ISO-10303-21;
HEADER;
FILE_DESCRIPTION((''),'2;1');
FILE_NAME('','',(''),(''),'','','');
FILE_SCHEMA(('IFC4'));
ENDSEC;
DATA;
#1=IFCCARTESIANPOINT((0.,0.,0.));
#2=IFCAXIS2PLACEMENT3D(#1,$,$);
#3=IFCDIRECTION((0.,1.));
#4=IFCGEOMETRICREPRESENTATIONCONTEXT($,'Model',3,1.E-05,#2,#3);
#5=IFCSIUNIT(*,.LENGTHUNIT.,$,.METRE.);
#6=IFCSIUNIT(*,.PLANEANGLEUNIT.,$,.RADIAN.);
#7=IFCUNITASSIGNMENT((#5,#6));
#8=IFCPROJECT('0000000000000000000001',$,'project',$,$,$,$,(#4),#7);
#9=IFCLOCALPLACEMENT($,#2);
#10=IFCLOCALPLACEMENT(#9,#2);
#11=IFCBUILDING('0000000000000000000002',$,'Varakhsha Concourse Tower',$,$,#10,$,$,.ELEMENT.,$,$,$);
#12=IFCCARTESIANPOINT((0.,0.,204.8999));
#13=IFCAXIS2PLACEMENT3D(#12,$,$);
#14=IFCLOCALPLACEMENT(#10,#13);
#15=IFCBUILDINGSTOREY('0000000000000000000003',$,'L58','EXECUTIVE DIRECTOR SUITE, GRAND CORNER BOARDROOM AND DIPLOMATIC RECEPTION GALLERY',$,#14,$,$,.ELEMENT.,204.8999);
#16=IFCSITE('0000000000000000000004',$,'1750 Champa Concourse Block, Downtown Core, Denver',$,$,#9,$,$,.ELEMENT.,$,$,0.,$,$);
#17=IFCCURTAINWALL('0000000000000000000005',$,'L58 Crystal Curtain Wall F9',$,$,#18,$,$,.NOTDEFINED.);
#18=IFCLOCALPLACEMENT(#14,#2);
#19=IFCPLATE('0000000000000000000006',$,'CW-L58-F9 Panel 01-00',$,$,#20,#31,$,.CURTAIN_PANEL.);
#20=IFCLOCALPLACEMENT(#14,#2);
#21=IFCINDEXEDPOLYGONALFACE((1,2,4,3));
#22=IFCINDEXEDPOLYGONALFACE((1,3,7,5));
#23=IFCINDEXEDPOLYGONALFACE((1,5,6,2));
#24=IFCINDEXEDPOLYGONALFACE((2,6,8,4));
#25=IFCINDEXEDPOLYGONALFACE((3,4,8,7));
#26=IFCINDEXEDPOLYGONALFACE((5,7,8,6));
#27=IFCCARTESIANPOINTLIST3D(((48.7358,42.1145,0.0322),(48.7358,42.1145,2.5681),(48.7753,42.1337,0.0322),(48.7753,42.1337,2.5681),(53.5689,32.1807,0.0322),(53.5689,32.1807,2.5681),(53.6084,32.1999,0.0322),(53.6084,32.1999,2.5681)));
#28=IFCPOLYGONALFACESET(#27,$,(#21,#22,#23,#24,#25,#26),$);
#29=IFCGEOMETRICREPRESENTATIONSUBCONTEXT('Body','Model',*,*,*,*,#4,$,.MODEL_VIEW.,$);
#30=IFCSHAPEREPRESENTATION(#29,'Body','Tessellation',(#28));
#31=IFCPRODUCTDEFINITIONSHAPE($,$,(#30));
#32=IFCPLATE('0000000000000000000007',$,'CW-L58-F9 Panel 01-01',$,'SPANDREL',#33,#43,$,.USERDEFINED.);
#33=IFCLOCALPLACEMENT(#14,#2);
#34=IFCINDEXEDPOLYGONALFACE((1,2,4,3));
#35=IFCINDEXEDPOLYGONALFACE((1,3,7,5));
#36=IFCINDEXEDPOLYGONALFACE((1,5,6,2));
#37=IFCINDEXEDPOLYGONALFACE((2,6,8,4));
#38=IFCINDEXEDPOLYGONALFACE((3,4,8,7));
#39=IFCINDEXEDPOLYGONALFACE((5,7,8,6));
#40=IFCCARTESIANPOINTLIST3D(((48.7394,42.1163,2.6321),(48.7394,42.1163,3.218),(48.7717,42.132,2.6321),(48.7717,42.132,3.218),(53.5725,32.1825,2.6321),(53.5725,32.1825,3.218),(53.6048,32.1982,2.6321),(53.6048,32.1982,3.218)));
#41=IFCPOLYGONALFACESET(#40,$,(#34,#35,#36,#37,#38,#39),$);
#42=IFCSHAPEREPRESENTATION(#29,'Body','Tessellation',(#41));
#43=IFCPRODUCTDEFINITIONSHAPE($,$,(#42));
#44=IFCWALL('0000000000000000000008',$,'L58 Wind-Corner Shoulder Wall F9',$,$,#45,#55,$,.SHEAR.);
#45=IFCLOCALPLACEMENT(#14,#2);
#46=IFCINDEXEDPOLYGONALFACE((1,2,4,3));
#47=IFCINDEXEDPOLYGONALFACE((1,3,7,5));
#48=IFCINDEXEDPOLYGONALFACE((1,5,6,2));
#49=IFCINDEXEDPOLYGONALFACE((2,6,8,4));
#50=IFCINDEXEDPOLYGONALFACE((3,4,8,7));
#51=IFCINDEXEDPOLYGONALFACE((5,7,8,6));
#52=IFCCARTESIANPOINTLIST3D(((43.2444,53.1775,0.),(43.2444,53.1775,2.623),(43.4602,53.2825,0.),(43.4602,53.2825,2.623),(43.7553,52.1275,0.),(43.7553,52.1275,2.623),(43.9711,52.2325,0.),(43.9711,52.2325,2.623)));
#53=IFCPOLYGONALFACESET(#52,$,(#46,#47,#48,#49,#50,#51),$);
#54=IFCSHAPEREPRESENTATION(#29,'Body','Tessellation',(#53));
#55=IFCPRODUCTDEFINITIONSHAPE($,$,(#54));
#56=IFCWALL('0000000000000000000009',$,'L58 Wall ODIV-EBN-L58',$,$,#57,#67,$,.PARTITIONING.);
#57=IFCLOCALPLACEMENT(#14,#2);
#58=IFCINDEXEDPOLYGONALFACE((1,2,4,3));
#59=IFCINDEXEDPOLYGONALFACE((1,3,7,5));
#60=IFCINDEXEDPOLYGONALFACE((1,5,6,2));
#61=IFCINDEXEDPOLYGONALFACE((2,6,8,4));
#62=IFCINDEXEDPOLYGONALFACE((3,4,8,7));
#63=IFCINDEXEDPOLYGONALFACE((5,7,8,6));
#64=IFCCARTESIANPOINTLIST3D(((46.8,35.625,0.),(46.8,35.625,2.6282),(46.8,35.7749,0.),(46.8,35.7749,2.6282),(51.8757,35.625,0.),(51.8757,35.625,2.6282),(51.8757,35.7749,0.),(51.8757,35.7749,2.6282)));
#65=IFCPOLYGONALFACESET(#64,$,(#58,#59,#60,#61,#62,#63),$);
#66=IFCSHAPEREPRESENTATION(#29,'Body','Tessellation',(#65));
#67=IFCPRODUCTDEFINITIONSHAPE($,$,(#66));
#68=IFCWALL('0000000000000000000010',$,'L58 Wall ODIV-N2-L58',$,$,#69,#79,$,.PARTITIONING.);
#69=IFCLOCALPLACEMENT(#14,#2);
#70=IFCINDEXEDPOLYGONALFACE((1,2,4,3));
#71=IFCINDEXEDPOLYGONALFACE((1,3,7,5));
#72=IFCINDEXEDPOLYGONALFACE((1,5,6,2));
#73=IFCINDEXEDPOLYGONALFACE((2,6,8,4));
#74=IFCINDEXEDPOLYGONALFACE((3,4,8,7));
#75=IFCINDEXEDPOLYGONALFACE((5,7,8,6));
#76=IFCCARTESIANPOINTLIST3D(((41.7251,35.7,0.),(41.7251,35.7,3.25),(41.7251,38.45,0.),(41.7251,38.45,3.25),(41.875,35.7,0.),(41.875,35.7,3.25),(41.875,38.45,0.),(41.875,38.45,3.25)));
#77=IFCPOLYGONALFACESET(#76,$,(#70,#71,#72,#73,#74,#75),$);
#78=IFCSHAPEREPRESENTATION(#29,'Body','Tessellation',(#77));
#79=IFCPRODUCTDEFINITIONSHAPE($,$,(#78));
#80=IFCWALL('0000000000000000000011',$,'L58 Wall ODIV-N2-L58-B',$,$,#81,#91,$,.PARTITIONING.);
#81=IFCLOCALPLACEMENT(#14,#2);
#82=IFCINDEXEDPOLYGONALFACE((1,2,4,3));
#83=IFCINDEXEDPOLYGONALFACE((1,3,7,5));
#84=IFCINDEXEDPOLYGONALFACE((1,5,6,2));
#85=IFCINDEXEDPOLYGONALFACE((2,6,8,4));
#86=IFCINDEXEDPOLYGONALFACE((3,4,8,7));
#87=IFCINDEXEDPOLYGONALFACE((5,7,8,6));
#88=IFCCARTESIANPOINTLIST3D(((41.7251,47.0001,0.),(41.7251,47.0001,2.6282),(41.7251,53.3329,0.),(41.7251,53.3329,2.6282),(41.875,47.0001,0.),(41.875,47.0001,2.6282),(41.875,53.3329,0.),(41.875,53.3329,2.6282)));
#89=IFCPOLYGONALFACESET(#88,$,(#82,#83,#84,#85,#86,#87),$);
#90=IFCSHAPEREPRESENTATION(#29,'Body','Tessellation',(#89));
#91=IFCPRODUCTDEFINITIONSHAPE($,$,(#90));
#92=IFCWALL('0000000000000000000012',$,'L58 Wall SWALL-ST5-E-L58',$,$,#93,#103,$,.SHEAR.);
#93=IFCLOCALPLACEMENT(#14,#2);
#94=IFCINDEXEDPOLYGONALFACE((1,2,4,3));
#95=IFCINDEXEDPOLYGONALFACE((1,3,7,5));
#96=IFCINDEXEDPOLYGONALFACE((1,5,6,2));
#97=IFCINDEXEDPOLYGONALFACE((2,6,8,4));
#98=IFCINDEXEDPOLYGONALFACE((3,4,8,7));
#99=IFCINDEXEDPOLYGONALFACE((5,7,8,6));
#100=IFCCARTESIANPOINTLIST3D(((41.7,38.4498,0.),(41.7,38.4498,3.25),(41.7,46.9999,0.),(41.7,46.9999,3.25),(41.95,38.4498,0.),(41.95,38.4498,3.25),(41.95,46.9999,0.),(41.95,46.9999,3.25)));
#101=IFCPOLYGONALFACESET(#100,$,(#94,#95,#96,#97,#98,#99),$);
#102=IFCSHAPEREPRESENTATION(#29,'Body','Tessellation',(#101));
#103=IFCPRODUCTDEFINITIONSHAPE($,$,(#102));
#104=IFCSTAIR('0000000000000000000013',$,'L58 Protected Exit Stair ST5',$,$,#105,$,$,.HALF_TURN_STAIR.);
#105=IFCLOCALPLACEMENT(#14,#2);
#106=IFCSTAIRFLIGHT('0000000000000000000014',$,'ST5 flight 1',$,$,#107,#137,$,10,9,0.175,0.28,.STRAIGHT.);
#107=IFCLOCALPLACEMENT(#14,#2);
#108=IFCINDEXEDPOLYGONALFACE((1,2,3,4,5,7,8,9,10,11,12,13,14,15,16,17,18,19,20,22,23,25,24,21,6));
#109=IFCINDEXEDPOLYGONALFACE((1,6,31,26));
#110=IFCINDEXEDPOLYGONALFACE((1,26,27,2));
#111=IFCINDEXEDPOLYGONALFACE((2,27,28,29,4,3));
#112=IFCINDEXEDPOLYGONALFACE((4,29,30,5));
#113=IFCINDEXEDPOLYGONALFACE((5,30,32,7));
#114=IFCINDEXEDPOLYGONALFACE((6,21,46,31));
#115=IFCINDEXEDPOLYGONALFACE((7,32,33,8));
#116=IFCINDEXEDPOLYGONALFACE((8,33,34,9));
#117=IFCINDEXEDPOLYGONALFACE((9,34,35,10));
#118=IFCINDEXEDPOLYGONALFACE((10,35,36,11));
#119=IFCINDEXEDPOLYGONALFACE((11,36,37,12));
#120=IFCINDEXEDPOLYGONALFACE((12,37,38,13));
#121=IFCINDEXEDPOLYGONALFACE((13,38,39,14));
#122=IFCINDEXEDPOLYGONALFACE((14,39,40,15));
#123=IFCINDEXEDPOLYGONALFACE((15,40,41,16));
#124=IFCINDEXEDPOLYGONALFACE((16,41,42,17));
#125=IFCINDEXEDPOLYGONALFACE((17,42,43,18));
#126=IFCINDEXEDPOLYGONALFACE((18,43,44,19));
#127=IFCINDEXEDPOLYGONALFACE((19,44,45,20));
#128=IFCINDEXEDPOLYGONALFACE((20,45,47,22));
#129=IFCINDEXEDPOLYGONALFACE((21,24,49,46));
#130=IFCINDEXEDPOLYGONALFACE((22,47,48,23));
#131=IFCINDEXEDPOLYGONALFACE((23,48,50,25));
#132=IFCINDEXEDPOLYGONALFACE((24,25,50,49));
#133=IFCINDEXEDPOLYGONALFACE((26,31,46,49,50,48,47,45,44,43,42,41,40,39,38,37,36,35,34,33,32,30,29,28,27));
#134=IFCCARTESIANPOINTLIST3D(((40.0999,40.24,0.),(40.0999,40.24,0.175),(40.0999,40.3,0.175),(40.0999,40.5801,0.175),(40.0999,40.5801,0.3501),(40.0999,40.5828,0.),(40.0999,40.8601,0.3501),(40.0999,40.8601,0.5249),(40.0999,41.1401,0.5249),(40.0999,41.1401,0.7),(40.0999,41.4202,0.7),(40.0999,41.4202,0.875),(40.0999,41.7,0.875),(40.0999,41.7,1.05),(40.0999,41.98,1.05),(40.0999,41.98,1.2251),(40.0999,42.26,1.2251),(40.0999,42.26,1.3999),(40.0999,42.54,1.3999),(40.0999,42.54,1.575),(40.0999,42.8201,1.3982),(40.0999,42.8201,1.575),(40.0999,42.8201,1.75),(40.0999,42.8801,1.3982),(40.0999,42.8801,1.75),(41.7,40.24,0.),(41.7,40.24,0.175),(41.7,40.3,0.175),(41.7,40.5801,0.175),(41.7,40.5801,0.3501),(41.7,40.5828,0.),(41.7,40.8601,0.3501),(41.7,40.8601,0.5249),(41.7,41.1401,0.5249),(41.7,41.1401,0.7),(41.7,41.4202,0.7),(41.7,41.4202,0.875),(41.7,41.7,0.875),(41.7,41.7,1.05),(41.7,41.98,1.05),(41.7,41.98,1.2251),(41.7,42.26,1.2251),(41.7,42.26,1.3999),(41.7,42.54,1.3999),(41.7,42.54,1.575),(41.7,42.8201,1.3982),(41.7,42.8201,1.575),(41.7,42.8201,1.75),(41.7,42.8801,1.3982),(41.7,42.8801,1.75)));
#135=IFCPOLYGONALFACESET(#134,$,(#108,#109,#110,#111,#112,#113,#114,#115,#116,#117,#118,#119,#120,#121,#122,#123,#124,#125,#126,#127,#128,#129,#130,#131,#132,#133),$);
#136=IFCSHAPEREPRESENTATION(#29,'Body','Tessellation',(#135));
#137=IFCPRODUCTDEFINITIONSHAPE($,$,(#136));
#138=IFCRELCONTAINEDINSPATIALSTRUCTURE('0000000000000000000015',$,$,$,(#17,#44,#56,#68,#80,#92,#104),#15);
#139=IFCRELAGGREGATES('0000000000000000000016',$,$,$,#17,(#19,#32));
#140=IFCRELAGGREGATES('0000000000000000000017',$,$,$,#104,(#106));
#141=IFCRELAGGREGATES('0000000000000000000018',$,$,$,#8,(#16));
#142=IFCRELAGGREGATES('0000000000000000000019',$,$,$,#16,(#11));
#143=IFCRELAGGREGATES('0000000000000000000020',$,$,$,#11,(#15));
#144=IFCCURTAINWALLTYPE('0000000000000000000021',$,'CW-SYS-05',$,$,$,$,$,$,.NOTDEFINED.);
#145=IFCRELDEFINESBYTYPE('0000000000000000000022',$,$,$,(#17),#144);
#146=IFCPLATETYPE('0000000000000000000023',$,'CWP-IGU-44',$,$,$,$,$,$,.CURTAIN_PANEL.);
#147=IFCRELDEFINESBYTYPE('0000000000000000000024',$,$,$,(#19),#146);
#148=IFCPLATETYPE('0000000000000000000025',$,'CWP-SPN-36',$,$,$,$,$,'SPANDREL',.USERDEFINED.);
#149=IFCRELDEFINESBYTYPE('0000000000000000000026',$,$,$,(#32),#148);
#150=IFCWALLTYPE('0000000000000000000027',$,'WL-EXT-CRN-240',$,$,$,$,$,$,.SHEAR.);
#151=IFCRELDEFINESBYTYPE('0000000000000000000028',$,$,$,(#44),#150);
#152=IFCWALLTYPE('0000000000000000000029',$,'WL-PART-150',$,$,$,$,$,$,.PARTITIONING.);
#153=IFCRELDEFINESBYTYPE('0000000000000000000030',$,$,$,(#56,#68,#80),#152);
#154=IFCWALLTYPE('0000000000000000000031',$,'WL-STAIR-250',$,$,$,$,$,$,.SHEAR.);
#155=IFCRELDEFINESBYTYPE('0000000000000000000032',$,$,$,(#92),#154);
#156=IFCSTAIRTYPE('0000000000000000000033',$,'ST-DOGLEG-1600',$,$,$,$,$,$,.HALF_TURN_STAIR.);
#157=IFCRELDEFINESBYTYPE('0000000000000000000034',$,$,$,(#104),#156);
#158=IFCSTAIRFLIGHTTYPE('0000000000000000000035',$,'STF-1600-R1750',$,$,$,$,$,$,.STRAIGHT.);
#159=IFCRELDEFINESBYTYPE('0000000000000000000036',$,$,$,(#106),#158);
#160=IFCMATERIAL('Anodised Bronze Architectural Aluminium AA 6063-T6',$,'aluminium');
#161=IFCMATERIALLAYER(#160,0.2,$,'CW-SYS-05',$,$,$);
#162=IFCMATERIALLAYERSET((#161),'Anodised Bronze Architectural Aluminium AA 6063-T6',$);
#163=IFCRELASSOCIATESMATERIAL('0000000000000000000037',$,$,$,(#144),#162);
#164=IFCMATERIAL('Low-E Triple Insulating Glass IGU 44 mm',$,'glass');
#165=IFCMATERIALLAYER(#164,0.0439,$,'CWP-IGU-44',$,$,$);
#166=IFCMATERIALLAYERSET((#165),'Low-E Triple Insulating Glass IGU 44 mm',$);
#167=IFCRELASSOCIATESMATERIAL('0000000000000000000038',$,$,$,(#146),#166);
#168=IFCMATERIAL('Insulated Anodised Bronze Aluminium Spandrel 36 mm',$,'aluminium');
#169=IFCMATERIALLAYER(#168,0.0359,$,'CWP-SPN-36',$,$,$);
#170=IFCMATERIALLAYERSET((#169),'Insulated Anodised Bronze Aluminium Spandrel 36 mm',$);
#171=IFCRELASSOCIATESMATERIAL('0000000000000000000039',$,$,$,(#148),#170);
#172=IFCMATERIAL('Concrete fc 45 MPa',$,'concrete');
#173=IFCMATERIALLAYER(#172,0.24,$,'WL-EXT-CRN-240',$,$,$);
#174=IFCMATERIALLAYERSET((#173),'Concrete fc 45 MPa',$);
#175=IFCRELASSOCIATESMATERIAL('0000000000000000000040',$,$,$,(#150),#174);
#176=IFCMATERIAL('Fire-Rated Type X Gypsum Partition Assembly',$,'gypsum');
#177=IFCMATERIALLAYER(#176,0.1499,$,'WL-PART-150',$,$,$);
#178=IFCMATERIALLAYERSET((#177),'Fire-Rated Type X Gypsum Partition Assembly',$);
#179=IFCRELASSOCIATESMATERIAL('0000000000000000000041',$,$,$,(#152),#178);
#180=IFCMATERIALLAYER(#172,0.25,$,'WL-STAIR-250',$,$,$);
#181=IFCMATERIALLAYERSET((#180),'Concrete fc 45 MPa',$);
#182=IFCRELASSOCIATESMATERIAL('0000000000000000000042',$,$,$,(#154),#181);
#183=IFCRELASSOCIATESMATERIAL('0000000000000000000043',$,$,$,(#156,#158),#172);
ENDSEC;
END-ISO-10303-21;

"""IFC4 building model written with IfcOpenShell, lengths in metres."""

from ifc_helpers import new_model, si_unit, direction, frame, frame_2d, origin, origin_2d, place, context, subcontext, project, spatial, polyline, rectangle, outline, extrude, source, transform, mapped, material, layer, layer_set, type_object, element, aggregate, save


model = new_model("IFC4")

# Units and contexts
model_context = context("Model", 3, precision=1e-05, world=origin(), true_north=direction((0.0, 1.0)))
body_context = subcontext(model_context, "Body", "Model", "MODEL_VIEW")
ifc_project = project(units=[si_unit("LENGTHUNIT", "METRE"), si_unit("PLANEANGLEUNIT", "RADIAN")], contexts=[model_context])

# Site, building, storey
site_placement = place(None, origin())
site = spatial("IfcSite", under=ifc_project, at=site_placement, Name="1750 Champa Concourse Block, Downtown Core, Denver", CompositionType="ELEMENT", RefElevation=0.0)
building_placement = place(site_placement, origin())
building = spatial("IfcBuilding", under=site, at=building_placement, Name="Varakhsha Concourse Tower", CompositionType="ELEMENT")
storey_placement = place(building_placement, frame((0.0, 0.0, 204.8999)))
storey = spatial("IfcBuildingStorey", under=building, at=storey_placement, Name="L58", Description="EXECUTIVE DIRECTOR SUITE, GRAND CORNER BOARDROOM AND DIPLOMATIC RECEPTION GALLERY", CompositionType="ELEMENT", Elevation=204.8999)

# Curtain wall
ifc_material_1 = material(Name="Anodised Bronze Architectural Aluminium AA 6063-T6", Category="aluminium")
ifc_layer_1 = layer(ifc_material_1, 0.2, Name="CW-SYS-05")
ifc_layer_set_1 = layer_set([ifc_layer_1], Name="Anodised Bronze Architectural Aluminium AA 6063-T6")
curtain_wall_type = type_object("IfcCurtainWallType", Name="CW-SYS-05", PredefinedType="NOTDEFINED", material=ifc_layer_set_1)
curtain_wall_placement = place(storey_placement, origin())
curtain_wall = element("IfcCurtainWall", 1, at=curtain_wall_placement, inside=storey, type_object=curtain_wall_type, Name="L58 Crystal Curtain Wall F9", PredefinedType="NOTDEFINED")

# Plates
ifc_material_2 = material(Name="Low-E Triple Insulating Glass IGU 44 mm", Category="glass")
ifc_layer_2 = layer(ifc_material_2, 0.0439, Name="CWP-IGU-44")
ifc_layer_set_2 = layer_set([ifc_layer_2], Name="Low-E Triple Insulating Glass IGU 44 mm")
plate_type_1 = type_object("IfcPlateType", Name="CWP-IGU-44", PredefinedType="CURTAIN_PANEL", material=ifc_layer_set_2)
ifc_material_3 = material(Name="Insulated Anodised Bronze Aluminium Spandrel 36 mm", Category="aluminium")
ifc_layer_3 = layer(ifc_material_3, 0.0359, Name="CWP-SPN-36")
ifc_layer_set_3 = layer_set([ifc_layer_3], Name="Insulated Anodised Bronze Aluminium Spandrel 36 mm")
plate_type_2 = type_object("IfcPlateType", Name="CWP-SPN-36", ElementType="SPANDREL", PredefinedType="USERDEFINED", material=ifc_layer_set_3)
shared_shape_1 = source(origin(), body_context, "Body", "SweptSolid", [
    extrude(rectangle(XDim=11.0471, YDim=0.0439, at=origin_2d()), origin(), (0.0, 0.0, 1.0), 2.5359),
])
plate_1_placement = place(storey_placement, frame((51.1721, 37.1572, 0.0322), z_axis=(0.0, 0.0, 1.0), x_axis=(0.437497, -0.89922, 0.0)))
plate_1 = element("IfcPlate", 2, at=plate_1_placement, type_object=plate_type_1, Name="CW-L58-F9 Panel 01-00", PredefinedType="CURTAIN_PANEL", context=body_context, shape_type="MappedRepresentation", body=[
    mapped(shared_shape_1, transform((0.0, 0.0, 0.0), scale=1.0)),
])
shared_shape_2 = source(origin(), body_context, "Body", "SweptSolid", [
    extrude(rectangle(XDim=11.0471, YDim=0.0359, at=origin_2d()), origin(), (0.0, 0.0, 1.0), 0.5859),
])
plate_2_placement = place(storey_placement, frame((51.1721, 37.1572, 2.6321), z_axis=(0.0, 0.0, 1.0), x_axis=(0.437497, -0.89922, 0.0)))
plate_2 = element("IfcPlate", 3, at=plate_2_placement, type_object=plate_type_2, Name="CW-L58-F9 Panel 01-01", ObjectType="SPANDREL", PredefinedType="USERDEFINED", context=body_context, shape_type="MappedRepresentation", body=[
    mapped(shared_shape_2, transform((0.0, 0.0, 0.0), scale=1.0)),
])
aggregate(curtain_wall, [plate_1, plate_2])

# Walls
ifc_material_4 = material(Name="Concrete fc 45 MPa", Category="concrete")
ifc_layer_4 = layer(ifc_material_4, 0.24, Name="WL-EXT-CRN-240")
ifc_layer_set_4 = layer_set([ifc_layer_4], Name="Concrete fc 45 MPa")
wall_type_1 = type_object("IfcWallType", Name="WL-EXT-CRN-240", PredefinedType="SHEAR", material=ifc_layer_set_4)
wall_1_placement = place(storey_placement, frame((43.8633, 52.1799, 0.0), z_axis=(0.0, 0.0, 1.0), x_axis=(-0.437571, 0.899184, 0.0)))
element("IfcWall", 4, at=wall_1_placement, inside=storey, type_object=wall_type_1, Name="L58 Wind-Corner Shoulder Wall F9", PredefinedType="SHEAR", context=body_context, shape_type="SweptSolid", body=[
    extrude(rectangle(XDim=1.1677, YDim=0.24, at=frame_2d((0.584, 0.0))), origin(), (0.0, 0.0, 1.0), 2.623),
])
ifc_material_5 = material(Name="Fire-Rated Type X Gypsum Partition Assembly", Category="gypsum")
ifc_layer_5 = layer(ifc_material_5, 0.1499, Name="WL-PART-150")
ifc_layer_set_5 = layer_set([ifc_layer_5], Name="Fire-Rated Type X Gypsum Partition Assembly")
wall_type_2 = type_object("IfcWallType", Name="WL-PART-150", PredefinedType="PARTITIONING", material=ifc_layer_set_5)
wall_2_placement = place(storey_placement, frame((46.8, 35.7, 0.0), z_axis=(0.0, 0.0, 1.0), x_axis=(1.0, 0.0, 0.0)))
element("IfcWall", 5, at=wall_2_placement, inside=storey, type_object=wall_type_2, Name="L58 Wall ODIV-EBN-L58", PredefinedType="PARTITIONING", context=body_context, shape_type="SweptSolid", body=[
    extrude(rectangle(XDim=5.0757, YDim=0.1499, at=frame_2d((2.5378, 0.0))), origin(), (0.0, 0.0, 1.0), 2.6282),
])
wall_3_placement = place(storey_placement, frame((41.8, 35.7, 0.0), z_axis=(0.0, 0.0, 1.0), x_axis=(0.0, 1.0, 0.0)))
element("IfcWall", 6, at=wall_3_placement, inside=storey, type_object=wall_type_2, Name="L58 Wall ODIV-N2-L58", PredefinedType="PARTITIONING", context=body_context, shape_type="SweptSolid", body=[
    extrude(rectangle(XDim=2.75, YDim=0.1499, at=frame_2d((1.375, 0.0))), origin(), (0.0, 0.0, 1.0), 3.25),
])
wall_4_placement = place(storey_placement, frame((41.8, 47.0, 0.0), z_axis=(0.0, 0.0, 1.0), x_axis=(0.0, 1.0, 0.0)))
element("IfcWall", 7, at=wall_4_placement, inside=storey, type_object=wall_type_2, Name="L58 Wall ODIV-N2-L58-B", PredefinedType="PARTITIONING", context=body_context, shape_type="SweptSolid", body=[
    extrude(rectangle(XDim=6.3328, YDim=0.1499, at=frame_2d((3.1665, 0.0))), origin(), (0.0, 0.0, 1.0), 2.6282),
])
ifc_layer_6 = layer(ifc_material_4, 0.25, Name="WL-STAIR-250")
ifc_layer_set_6 = layer_set([ifc_layer_6], Name="Concrete fc 45 MPa")
wall_type_3 = type_object("IfcWallType", Name="WL-STAIR-250", PredefinedType="SHEAR", material=ifc_layer_set_6)
wall_5_placement = place(storey_placement, frame((41.825, 38.45, 0.0), z_axis=(0.0, 0.0, 1.0), x_axis=(0.0, 1.0, 0.0)))
element("IfcWall", 8, at=wall_5_placement, inside=storey, type_object=wall_type_3, Name="L58 Wall SWALL-ST5-E-L58", PredefinedType="SHEAR", context=body_context, shape_type="SweptSolid", body=[
    extrude(rectangle(XDim=8.55, YDim=0.25, at=frame_2d((4.2749, 0.0))), origin(), (0.0, 0.0, 1.0), 3.25),
])

# Stair, stair flight
stair_type = type_object("IfcStairType", Name="ST-DOGLEG-1600", PredefinedType="HALF_TURN_STAIR", material=ifc_material_4)
stair_placement = place(storey_placement, origin())
stair = element("IfcStair", 9, at=stair_placement, inside=storey, type_object=stair_type, Name="L58 Protected Exit Stair ST5", PredefinedType="HALF_TURN_STAIR")
stair_flight_type = type_object("IfcStairFlightType", Name="STF-1600-R1750", PredefinedType="STRAIGHT", material=ifc_material_4)
stair_flight_placement = place(storey_placement, frame((40.8999, 40.3, 0.0), z_axis=(0.0, 0.0, 1.0), x_axis=(0.0, 1.0, 0.0)))
stair_flight = element("IfcStairFlight", 10, at=stair_flight_placement, type_object=stair_flight_type, Name="ST5 flight 1", NumberOfRisers=10, NumberOfTreads=9, PredefinedType="STRAIGHT", RiserHeight=0.175, TreadLength=0.28, context=body_context, shape_type="SweptSolid", body=[
    extrude(outline(polyline([(-0.0601, 0.0), (-0.0601, 0.175), (0.0, 0.175), (0.28, 0.175), (0.28, 0.3501), (0.5601, 0.3501), (0.5601, 0.5249), (0.8401, 0.5249), (0.8401, 0.7), (1.1201, 0.7), (1.1201, 0.875), (1.3999, 0.875), (1.3999, 1.05), (1.6799, 1.05), (1.6799, 1.2251), (1.96, 1.2251), (1.96, 1.3999), (2.24, 1.3999), (2.24, 1.575), (2.52, 1.575), (2.52, 1.75), (2.5801, 1.75), (2.5801, 1.3982), (2.52, 1.3982), (0.2827, 0.0), (-0.0601, 0.0)])), frame((0.0, 0.8, 0.0), z_axis=(0.0, -1.0, 0.0), x_axis=(1.0, 0.0, 0.0)), (0.0, 0.0, 1.0), 1.6001),
])
aggregate(stair, [stair_flight])

save(model, "model.ifc")
